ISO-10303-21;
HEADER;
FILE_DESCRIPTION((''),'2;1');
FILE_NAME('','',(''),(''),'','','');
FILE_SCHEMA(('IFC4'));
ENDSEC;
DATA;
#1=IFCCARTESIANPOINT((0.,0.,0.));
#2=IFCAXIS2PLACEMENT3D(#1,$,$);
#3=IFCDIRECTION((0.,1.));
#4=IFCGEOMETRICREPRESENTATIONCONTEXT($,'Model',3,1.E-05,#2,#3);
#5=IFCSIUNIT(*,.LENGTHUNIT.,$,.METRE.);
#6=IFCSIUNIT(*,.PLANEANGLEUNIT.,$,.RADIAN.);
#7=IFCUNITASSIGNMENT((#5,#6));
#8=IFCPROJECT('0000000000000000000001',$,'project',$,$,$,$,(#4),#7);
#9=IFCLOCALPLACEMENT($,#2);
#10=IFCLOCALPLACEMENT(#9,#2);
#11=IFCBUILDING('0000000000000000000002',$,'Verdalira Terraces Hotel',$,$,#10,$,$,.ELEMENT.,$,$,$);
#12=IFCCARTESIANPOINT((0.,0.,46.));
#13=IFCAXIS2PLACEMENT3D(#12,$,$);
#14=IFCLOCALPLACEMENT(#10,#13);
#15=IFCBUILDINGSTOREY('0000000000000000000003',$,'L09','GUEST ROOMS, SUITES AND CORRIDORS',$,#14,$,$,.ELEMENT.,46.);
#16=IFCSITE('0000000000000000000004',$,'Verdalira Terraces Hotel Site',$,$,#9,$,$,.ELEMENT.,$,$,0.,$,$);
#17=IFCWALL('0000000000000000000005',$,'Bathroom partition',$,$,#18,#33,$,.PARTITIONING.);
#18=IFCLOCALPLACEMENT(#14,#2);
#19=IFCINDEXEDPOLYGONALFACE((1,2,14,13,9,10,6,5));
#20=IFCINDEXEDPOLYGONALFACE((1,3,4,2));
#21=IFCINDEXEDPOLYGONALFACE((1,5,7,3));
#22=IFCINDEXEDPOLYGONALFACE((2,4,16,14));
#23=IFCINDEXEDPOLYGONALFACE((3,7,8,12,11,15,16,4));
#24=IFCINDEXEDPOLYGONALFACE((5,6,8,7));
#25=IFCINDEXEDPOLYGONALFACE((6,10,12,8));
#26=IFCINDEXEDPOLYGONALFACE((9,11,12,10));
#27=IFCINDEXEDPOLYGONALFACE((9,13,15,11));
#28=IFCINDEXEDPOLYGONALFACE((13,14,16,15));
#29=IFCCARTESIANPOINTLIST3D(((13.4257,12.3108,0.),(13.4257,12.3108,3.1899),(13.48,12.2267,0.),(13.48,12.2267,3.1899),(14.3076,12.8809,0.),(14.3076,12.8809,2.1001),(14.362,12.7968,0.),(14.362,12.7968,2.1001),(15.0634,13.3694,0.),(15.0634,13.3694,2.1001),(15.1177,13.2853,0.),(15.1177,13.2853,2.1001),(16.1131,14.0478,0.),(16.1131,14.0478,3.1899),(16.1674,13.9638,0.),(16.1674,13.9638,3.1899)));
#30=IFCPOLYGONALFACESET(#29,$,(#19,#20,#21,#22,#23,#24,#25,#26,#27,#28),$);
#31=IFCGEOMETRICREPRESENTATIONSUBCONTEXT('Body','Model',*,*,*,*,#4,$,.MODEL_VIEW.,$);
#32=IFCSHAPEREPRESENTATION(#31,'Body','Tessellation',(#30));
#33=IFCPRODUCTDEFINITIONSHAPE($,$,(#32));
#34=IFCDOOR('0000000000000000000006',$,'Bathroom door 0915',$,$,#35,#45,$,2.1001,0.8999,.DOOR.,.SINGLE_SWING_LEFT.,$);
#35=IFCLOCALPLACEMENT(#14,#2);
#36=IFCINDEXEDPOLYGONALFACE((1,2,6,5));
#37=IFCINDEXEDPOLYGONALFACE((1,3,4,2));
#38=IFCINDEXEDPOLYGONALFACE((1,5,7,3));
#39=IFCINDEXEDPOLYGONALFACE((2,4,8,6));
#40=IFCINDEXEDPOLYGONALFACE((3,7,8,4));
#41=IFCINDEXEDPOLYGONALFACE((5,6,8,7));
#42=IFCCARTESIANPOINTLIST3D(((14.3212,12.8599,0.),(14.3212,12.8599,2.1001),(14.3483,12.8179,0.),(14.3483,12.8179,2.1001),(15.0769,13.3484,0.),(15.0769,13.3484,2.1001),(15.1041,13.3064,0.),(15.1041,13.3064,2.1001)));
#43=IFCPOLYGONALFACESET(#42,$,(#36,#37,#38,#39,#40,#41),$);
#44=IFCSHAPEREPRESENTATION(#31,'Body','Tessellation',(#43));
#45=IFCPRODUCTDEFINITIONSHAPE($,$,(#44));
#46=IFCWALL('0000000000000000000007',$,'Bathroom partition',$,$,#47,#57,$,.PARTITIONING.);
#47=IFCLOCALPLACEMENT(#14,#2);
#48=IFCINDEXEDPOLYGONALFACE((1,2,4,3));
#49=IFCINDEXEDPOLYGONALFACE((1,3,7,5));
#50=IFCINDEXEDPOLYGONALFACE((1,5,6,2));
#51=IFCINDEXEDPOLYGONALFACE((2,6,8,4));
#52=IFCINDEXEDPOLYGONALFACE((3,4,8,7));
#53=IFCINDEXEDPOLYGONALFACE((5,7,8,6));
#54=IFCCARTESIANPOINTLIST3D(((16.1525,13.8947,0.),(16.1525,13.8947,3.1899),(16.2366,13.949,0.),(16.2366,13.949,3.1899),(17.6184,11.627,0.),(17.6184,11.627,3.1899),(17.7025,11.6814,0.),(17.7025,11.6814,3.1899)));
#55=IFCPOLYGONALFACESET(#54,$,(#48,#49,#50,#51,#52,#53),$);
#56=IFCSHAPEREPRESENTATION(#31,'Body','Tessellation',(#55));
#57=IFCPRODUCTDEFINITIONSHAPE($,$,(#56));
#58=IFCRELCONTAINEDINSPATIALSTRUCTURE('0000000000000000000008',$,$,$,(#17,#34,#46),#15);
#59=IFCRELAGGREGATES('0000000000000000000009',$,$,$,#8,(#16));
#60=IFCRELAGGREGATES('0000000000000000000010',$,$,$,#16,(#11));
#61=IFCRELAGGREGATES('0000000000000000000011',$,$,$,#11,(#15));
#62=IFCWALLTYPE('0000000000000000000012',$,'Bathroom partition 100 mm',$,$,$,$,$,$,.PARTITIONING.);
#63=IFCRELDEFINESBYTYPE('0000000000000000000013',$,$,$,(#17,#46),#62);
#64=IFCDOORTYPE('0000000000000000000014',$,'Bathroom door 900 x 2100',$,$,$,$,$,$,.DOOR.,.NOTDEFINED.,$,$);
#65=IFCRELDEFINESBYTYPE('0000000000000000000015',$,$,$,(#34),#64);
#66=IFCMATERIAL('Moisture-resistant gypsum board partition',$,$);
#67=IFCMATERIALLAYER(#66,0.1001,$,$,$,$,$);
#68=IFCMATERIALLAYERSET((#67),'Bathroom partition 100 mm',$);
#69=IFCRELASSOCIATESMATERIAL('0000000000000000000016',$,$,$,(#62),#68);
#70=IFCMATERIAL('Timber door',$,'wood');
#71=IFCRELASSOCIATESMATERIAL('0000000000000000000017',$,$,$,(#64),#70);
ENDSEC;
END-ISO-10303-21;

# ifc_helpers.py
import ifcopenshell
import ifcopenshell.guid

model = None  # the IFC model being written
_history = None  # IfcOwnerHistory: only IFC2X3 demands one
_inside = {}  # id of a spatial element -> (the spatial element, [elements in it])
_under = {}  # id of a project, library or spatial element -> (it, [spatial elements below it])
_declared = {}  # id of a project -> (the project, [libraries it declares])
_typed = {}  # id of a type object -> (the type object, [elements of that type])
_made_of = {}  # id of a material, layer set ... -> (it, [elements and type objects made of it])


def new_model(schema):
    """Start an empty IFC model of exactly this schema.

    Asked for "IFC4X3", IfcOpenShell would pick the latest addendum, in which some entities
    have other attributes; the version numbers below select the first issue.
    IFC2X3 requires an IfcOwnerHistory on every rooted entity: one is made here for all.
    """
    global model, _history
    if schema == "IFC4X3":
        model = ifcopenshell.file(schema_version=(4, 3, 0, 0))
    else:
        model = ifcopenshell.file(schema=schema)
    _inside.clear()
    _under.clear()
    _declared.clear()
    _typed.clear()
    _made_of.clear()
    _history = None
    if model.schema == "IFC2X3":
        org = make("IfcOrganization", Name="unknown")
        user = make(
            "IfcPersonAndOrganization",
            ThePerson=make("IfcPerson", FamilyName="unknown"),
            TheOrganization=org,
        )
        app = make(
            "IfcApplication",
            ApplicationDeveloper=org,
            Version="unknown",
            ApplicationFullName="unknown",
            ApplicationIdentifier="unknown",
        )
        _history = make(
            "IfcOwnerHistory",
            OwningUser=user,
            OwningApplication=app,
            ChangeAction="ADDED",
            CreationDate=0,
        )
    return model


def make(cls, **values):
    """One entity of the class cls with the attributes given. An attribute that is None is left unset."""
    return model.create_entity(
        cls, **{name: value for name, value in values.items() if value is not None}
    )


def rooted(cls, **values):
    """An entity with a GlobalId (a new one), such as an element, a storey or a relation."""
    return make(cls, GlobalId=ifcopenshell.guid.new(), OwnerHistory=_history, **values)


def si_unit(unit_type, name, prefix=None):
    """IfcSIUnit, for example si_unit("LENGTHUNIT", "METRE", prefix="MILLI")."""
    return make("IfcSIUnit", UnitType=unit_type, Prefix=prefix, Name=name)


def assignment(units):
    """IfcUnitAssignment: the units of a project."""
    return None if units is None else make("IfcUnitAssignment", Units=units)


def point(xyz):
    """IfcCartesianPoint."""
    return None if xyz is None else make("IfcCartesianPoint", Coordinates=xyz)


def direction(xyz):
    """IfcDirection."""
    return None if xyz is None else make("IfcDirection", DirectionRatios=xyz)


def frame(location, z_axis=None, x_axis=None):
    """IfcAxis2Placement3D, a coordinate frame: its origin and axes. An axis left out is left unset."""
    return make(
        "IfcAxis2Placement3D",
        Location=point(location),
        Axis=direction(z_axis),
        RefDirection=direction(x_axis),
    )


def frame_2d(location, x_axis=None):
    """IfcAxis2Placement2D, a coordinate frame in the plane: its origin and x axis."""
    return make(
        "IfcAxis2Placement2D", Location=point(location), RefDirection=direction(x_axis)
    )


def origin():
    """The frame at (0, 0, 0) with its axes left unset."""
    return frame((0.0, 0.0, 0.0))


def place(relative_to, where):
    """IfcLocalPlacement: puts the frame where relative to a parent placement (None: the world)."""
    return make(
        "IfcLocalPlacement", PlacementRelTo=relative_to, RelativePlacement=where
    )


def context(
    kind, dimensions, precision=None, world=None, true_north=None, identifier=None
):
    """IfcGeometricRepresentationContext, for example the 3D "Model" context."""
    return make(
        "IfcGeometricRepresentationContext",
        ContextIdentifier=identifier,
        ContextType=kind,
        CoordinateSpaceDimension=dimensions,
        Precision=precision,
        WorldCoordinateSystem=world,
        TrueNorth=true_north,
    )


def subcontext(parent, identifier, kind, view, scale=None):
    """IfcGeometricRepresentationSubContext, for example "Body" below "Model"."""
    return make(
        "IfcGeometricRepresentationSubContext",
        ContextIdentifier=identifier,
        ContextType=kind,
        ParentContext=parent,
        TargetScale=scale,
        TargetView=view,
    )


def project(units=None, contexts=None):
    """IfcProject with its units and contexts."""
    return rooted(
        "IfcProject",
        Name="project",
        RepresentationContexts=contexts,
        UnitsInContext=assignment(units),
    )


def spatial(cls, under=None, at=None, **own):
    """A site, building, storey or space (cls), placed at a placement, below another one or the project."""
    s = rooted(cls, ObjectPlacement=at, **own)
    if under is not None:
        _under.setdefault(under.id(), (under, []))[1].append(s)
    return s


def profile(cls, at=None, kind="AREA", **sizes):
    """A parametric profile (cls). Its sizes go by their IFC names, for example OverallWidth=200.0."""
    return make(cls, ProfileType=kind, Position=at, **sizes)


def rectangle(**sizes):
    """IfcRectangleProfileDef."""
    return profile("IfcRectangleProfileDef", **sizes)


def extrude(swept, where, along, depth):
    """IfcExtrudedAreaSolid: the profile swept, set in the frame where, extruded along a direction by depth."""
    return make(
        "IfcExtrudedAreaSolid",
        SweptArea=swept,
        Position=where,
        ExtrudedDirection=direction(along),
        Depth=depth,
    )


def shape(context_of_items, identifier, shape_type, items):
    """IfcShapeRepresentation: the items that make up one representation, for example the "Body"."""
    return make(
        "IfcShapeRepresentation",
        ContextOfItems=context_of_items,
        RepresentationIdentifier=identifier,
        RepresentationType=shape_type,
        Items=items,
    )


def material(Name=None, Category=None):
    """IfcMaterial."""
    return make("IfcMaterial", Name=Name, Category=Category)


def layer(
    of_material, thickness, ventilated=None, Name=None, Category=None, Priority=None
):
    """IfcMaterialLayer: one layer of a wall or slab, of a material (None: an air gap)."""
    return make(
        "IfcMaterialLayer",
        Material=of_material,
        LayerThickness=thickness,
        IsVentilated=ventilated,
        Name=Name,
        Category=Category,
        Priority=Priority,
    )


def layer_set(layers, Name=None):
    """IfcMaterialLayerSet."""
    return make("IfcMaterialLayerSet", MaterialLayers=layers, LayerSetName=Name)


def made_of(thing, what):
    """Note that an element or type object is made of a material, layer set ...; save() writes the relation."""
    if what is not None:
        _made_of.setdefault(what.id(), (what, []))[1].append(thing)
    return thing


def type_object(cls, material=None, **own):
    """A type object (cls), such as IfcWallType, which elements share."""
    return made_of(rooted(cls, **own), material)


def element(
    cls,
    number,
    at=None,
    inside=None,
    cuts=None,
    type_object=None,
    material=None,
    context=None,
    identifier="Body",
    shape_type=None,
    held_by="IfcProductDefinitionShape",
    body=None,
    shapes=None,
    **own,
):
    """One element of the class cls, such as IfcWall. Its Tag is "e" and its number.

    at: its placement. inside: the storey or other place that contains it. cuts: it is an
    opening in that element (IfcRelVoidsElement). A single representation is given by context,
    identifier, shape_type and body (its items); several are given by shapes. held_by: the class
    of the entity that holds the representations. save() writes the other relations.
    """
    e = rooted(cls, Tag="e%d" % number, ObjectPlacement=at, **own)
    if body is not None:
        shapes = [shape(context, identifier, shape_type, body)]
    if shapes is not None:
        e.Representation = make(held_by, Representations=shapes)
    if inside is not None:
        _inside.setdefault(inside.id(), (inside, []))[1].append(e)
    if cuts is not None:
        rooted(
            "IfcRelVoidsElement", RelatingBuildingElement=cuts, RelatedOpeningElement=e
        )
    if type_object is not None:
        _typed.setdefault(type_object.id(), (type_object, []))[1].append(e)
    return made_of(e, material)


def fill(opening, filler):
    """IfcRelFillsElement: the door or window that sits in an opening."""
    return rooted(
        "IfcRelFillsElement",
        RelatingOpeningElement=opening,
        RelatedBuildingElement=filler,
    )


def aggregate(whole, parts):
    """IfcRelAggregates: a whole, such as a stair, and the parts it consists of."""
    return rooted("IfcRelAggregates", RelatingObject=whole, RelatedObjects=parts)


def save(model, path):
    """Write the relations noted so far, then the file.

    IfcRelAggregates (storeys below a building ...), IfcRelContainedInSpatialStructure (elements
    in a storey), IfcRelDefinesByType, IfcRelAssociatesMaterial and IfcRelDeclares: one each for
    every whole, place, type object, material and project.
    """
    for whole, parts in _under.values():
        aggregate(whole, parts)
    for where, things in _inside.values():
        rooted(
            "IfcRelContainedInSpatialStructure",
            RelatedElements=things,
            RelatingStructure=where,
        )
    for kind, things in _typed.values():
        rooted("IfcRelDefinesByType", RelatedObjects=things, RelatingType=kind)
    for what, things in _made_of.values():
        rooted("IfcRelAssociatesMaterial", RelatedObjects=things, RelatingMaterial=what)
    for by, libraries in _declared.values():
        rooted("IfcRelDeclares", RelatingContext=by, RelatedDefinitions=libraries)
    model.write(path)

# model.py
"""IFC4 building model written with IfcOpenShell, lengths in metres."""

from ifc_helpers import new_model, si_unit, direction, frame, frame_2d, origin, place, context, subcontext, project, spatial, rectangle, extrude, material, layer, layer_set, type_object, element, fill, save


model = new_model("IFC4")

# Units and contexts
model_context = context("Model", 3, precision=1e-05, world=origin(), true_north=direction((0.0, 1.0)))
body_context = subcontext(model_context, "Body", "Model", "MODEL_VIEW")
ifc_project = project(units=[si_unit("LENGTHUNIT", "METRE"), si_unit("PLANEANGLEUNIT", "RADIAN")], contexts=[model_context])

# Site, building, storey
site_placement = place(None, origin())
site = spatial("IfcSite", under=ifc_project, at=site_placement, Name="Verdalira Terraces Hotel Site", CompositionType="ELEMENT", RefElevation=0.0)
building_placement = place(site_placement, origin())
building = spatial("IfcBuilding", under=site, at=building_placement, Name="Verdalira Terraces Hotel", CompositionType="ELEMENT")
storey_placement = place(building_placement, frame((0.0, 0.0, 46.0)))
storey = spatial("IfcBuildingStorey", under=building, at=storey_placement, Name="L09", Description="GUEST ROOMS, SUITES AND CORRIDORS", CompositionType="ELEMENT", Elevation=46.0)

# Wall, opening, door
ifc_material_1 = material(Name="Moisture-resistant gypsum board partition")
ifc_layer_1 = layer(ifc_material_1, 0.1001)
ifc_layer_set_1 = layer_set([ifc_layer_1], Name="Bathroom partition 100 mm")
wall_type_1 = type_object("IfcWallType", Name="Bathroom partition 100 mm", PredefinedType="PARTITIONING", material=ifc_layer_set_1)
wall_1_placement = place(storey_placement, frame((16.1404, 14.0059, 0.0), z_axis=(0.0, 0.0, 1.0), x_axis=(-0.839842, -0.54283, 0.0)))
wall_1 = element("IfcWall", 1, at=wall_1_placement, inside=storey, type_object=wall_type_1, Name="Bathroom partition", PredefinedType="PARTITIONING", context=body_context, shape_type="SweptSolid", body=[
    extrude(rectangle(XDim=3.2, YDim=0.1001, at=frame_2d((1.6001, 0.0))), origin(), (0.0, 0.0, 1.0), 3.1899),
])
opening_1_placement = place(wall_1_placement, frame((1.25, 0.0, 0.0)))
opening_1 = element("IfcOpeningElement", 2, at=opening_1_placement, cuts=wall_1, PredefinedType="OPENING", context=body_context, shape_type="SweptSolid", body=[
    extrude(rectangle(XDim=0.8999, YDim=2.1001, at=frame_2d((0.45, 1.05))), frame((0.0, 0.0601, 0.0), z_axis=(0.0, -1.0, 0.0), x_axis=(1.0, 0.0, 0.0)), (0.0, 0.0, 1.0), 0.1201),
])
ifc_material_2 = material(Name="Timber door", Category="wood")
door_type_1 = type_object("IfcDoorType", Name="Bathroom door 900 x 2100", OperationType="NOTDEFINED", PredefinedType="DOOR", material=ifc_material_2)
door_1_placement = place(opening_1_placement, origin())
door_1 = element("IfcDoor", 3, at=door_1_placement, inside=storey, type_object=door_type_1, Name="Bathroom door 0915", OperationType="SINGLE_SWING_LEFT", OverallHeight=2.1001, OverallWidth=0.8999, PredefinedType="DOOR", context=body_context, shape_type="SweptSolid", body=[
    extrude(rectangle(XDim=0.8999, YDim=2.1001, at=frame_2d((0.45, 1.05))), frame((0.0, 0.0249, 0.0), z_axis=(0.0, -1.0, 0.0), x_axis=(1.0, 0.0, 0.0)), (0.0, 0.0, 1.0), 0.05),
])
fill(opening_1, door_1)

# Wall
wall_2_placement = place(storey_placement, frame((16.1946, 13.9219, 0.0), z_axis=(0.0, 0.0, 1.0), x_axis=(0.542876, -0.839813, 0.0)))
element("IfcWall", 4, at=wall_2_placement, inside=storey, type_object=wall_type_1, Name="Bathroom partition", PredefinedType="PARTITIONING", context=body_context, shape_type="SweptSolid", body=[
    extrude(rectangle(XDim=2.7002, YDim=0.1001, at=frame_2d((1.3501, 0.0))), origin(), (0.0, 0.0, 1.0), 3.1899),
])

save(model, "model.ifc")
